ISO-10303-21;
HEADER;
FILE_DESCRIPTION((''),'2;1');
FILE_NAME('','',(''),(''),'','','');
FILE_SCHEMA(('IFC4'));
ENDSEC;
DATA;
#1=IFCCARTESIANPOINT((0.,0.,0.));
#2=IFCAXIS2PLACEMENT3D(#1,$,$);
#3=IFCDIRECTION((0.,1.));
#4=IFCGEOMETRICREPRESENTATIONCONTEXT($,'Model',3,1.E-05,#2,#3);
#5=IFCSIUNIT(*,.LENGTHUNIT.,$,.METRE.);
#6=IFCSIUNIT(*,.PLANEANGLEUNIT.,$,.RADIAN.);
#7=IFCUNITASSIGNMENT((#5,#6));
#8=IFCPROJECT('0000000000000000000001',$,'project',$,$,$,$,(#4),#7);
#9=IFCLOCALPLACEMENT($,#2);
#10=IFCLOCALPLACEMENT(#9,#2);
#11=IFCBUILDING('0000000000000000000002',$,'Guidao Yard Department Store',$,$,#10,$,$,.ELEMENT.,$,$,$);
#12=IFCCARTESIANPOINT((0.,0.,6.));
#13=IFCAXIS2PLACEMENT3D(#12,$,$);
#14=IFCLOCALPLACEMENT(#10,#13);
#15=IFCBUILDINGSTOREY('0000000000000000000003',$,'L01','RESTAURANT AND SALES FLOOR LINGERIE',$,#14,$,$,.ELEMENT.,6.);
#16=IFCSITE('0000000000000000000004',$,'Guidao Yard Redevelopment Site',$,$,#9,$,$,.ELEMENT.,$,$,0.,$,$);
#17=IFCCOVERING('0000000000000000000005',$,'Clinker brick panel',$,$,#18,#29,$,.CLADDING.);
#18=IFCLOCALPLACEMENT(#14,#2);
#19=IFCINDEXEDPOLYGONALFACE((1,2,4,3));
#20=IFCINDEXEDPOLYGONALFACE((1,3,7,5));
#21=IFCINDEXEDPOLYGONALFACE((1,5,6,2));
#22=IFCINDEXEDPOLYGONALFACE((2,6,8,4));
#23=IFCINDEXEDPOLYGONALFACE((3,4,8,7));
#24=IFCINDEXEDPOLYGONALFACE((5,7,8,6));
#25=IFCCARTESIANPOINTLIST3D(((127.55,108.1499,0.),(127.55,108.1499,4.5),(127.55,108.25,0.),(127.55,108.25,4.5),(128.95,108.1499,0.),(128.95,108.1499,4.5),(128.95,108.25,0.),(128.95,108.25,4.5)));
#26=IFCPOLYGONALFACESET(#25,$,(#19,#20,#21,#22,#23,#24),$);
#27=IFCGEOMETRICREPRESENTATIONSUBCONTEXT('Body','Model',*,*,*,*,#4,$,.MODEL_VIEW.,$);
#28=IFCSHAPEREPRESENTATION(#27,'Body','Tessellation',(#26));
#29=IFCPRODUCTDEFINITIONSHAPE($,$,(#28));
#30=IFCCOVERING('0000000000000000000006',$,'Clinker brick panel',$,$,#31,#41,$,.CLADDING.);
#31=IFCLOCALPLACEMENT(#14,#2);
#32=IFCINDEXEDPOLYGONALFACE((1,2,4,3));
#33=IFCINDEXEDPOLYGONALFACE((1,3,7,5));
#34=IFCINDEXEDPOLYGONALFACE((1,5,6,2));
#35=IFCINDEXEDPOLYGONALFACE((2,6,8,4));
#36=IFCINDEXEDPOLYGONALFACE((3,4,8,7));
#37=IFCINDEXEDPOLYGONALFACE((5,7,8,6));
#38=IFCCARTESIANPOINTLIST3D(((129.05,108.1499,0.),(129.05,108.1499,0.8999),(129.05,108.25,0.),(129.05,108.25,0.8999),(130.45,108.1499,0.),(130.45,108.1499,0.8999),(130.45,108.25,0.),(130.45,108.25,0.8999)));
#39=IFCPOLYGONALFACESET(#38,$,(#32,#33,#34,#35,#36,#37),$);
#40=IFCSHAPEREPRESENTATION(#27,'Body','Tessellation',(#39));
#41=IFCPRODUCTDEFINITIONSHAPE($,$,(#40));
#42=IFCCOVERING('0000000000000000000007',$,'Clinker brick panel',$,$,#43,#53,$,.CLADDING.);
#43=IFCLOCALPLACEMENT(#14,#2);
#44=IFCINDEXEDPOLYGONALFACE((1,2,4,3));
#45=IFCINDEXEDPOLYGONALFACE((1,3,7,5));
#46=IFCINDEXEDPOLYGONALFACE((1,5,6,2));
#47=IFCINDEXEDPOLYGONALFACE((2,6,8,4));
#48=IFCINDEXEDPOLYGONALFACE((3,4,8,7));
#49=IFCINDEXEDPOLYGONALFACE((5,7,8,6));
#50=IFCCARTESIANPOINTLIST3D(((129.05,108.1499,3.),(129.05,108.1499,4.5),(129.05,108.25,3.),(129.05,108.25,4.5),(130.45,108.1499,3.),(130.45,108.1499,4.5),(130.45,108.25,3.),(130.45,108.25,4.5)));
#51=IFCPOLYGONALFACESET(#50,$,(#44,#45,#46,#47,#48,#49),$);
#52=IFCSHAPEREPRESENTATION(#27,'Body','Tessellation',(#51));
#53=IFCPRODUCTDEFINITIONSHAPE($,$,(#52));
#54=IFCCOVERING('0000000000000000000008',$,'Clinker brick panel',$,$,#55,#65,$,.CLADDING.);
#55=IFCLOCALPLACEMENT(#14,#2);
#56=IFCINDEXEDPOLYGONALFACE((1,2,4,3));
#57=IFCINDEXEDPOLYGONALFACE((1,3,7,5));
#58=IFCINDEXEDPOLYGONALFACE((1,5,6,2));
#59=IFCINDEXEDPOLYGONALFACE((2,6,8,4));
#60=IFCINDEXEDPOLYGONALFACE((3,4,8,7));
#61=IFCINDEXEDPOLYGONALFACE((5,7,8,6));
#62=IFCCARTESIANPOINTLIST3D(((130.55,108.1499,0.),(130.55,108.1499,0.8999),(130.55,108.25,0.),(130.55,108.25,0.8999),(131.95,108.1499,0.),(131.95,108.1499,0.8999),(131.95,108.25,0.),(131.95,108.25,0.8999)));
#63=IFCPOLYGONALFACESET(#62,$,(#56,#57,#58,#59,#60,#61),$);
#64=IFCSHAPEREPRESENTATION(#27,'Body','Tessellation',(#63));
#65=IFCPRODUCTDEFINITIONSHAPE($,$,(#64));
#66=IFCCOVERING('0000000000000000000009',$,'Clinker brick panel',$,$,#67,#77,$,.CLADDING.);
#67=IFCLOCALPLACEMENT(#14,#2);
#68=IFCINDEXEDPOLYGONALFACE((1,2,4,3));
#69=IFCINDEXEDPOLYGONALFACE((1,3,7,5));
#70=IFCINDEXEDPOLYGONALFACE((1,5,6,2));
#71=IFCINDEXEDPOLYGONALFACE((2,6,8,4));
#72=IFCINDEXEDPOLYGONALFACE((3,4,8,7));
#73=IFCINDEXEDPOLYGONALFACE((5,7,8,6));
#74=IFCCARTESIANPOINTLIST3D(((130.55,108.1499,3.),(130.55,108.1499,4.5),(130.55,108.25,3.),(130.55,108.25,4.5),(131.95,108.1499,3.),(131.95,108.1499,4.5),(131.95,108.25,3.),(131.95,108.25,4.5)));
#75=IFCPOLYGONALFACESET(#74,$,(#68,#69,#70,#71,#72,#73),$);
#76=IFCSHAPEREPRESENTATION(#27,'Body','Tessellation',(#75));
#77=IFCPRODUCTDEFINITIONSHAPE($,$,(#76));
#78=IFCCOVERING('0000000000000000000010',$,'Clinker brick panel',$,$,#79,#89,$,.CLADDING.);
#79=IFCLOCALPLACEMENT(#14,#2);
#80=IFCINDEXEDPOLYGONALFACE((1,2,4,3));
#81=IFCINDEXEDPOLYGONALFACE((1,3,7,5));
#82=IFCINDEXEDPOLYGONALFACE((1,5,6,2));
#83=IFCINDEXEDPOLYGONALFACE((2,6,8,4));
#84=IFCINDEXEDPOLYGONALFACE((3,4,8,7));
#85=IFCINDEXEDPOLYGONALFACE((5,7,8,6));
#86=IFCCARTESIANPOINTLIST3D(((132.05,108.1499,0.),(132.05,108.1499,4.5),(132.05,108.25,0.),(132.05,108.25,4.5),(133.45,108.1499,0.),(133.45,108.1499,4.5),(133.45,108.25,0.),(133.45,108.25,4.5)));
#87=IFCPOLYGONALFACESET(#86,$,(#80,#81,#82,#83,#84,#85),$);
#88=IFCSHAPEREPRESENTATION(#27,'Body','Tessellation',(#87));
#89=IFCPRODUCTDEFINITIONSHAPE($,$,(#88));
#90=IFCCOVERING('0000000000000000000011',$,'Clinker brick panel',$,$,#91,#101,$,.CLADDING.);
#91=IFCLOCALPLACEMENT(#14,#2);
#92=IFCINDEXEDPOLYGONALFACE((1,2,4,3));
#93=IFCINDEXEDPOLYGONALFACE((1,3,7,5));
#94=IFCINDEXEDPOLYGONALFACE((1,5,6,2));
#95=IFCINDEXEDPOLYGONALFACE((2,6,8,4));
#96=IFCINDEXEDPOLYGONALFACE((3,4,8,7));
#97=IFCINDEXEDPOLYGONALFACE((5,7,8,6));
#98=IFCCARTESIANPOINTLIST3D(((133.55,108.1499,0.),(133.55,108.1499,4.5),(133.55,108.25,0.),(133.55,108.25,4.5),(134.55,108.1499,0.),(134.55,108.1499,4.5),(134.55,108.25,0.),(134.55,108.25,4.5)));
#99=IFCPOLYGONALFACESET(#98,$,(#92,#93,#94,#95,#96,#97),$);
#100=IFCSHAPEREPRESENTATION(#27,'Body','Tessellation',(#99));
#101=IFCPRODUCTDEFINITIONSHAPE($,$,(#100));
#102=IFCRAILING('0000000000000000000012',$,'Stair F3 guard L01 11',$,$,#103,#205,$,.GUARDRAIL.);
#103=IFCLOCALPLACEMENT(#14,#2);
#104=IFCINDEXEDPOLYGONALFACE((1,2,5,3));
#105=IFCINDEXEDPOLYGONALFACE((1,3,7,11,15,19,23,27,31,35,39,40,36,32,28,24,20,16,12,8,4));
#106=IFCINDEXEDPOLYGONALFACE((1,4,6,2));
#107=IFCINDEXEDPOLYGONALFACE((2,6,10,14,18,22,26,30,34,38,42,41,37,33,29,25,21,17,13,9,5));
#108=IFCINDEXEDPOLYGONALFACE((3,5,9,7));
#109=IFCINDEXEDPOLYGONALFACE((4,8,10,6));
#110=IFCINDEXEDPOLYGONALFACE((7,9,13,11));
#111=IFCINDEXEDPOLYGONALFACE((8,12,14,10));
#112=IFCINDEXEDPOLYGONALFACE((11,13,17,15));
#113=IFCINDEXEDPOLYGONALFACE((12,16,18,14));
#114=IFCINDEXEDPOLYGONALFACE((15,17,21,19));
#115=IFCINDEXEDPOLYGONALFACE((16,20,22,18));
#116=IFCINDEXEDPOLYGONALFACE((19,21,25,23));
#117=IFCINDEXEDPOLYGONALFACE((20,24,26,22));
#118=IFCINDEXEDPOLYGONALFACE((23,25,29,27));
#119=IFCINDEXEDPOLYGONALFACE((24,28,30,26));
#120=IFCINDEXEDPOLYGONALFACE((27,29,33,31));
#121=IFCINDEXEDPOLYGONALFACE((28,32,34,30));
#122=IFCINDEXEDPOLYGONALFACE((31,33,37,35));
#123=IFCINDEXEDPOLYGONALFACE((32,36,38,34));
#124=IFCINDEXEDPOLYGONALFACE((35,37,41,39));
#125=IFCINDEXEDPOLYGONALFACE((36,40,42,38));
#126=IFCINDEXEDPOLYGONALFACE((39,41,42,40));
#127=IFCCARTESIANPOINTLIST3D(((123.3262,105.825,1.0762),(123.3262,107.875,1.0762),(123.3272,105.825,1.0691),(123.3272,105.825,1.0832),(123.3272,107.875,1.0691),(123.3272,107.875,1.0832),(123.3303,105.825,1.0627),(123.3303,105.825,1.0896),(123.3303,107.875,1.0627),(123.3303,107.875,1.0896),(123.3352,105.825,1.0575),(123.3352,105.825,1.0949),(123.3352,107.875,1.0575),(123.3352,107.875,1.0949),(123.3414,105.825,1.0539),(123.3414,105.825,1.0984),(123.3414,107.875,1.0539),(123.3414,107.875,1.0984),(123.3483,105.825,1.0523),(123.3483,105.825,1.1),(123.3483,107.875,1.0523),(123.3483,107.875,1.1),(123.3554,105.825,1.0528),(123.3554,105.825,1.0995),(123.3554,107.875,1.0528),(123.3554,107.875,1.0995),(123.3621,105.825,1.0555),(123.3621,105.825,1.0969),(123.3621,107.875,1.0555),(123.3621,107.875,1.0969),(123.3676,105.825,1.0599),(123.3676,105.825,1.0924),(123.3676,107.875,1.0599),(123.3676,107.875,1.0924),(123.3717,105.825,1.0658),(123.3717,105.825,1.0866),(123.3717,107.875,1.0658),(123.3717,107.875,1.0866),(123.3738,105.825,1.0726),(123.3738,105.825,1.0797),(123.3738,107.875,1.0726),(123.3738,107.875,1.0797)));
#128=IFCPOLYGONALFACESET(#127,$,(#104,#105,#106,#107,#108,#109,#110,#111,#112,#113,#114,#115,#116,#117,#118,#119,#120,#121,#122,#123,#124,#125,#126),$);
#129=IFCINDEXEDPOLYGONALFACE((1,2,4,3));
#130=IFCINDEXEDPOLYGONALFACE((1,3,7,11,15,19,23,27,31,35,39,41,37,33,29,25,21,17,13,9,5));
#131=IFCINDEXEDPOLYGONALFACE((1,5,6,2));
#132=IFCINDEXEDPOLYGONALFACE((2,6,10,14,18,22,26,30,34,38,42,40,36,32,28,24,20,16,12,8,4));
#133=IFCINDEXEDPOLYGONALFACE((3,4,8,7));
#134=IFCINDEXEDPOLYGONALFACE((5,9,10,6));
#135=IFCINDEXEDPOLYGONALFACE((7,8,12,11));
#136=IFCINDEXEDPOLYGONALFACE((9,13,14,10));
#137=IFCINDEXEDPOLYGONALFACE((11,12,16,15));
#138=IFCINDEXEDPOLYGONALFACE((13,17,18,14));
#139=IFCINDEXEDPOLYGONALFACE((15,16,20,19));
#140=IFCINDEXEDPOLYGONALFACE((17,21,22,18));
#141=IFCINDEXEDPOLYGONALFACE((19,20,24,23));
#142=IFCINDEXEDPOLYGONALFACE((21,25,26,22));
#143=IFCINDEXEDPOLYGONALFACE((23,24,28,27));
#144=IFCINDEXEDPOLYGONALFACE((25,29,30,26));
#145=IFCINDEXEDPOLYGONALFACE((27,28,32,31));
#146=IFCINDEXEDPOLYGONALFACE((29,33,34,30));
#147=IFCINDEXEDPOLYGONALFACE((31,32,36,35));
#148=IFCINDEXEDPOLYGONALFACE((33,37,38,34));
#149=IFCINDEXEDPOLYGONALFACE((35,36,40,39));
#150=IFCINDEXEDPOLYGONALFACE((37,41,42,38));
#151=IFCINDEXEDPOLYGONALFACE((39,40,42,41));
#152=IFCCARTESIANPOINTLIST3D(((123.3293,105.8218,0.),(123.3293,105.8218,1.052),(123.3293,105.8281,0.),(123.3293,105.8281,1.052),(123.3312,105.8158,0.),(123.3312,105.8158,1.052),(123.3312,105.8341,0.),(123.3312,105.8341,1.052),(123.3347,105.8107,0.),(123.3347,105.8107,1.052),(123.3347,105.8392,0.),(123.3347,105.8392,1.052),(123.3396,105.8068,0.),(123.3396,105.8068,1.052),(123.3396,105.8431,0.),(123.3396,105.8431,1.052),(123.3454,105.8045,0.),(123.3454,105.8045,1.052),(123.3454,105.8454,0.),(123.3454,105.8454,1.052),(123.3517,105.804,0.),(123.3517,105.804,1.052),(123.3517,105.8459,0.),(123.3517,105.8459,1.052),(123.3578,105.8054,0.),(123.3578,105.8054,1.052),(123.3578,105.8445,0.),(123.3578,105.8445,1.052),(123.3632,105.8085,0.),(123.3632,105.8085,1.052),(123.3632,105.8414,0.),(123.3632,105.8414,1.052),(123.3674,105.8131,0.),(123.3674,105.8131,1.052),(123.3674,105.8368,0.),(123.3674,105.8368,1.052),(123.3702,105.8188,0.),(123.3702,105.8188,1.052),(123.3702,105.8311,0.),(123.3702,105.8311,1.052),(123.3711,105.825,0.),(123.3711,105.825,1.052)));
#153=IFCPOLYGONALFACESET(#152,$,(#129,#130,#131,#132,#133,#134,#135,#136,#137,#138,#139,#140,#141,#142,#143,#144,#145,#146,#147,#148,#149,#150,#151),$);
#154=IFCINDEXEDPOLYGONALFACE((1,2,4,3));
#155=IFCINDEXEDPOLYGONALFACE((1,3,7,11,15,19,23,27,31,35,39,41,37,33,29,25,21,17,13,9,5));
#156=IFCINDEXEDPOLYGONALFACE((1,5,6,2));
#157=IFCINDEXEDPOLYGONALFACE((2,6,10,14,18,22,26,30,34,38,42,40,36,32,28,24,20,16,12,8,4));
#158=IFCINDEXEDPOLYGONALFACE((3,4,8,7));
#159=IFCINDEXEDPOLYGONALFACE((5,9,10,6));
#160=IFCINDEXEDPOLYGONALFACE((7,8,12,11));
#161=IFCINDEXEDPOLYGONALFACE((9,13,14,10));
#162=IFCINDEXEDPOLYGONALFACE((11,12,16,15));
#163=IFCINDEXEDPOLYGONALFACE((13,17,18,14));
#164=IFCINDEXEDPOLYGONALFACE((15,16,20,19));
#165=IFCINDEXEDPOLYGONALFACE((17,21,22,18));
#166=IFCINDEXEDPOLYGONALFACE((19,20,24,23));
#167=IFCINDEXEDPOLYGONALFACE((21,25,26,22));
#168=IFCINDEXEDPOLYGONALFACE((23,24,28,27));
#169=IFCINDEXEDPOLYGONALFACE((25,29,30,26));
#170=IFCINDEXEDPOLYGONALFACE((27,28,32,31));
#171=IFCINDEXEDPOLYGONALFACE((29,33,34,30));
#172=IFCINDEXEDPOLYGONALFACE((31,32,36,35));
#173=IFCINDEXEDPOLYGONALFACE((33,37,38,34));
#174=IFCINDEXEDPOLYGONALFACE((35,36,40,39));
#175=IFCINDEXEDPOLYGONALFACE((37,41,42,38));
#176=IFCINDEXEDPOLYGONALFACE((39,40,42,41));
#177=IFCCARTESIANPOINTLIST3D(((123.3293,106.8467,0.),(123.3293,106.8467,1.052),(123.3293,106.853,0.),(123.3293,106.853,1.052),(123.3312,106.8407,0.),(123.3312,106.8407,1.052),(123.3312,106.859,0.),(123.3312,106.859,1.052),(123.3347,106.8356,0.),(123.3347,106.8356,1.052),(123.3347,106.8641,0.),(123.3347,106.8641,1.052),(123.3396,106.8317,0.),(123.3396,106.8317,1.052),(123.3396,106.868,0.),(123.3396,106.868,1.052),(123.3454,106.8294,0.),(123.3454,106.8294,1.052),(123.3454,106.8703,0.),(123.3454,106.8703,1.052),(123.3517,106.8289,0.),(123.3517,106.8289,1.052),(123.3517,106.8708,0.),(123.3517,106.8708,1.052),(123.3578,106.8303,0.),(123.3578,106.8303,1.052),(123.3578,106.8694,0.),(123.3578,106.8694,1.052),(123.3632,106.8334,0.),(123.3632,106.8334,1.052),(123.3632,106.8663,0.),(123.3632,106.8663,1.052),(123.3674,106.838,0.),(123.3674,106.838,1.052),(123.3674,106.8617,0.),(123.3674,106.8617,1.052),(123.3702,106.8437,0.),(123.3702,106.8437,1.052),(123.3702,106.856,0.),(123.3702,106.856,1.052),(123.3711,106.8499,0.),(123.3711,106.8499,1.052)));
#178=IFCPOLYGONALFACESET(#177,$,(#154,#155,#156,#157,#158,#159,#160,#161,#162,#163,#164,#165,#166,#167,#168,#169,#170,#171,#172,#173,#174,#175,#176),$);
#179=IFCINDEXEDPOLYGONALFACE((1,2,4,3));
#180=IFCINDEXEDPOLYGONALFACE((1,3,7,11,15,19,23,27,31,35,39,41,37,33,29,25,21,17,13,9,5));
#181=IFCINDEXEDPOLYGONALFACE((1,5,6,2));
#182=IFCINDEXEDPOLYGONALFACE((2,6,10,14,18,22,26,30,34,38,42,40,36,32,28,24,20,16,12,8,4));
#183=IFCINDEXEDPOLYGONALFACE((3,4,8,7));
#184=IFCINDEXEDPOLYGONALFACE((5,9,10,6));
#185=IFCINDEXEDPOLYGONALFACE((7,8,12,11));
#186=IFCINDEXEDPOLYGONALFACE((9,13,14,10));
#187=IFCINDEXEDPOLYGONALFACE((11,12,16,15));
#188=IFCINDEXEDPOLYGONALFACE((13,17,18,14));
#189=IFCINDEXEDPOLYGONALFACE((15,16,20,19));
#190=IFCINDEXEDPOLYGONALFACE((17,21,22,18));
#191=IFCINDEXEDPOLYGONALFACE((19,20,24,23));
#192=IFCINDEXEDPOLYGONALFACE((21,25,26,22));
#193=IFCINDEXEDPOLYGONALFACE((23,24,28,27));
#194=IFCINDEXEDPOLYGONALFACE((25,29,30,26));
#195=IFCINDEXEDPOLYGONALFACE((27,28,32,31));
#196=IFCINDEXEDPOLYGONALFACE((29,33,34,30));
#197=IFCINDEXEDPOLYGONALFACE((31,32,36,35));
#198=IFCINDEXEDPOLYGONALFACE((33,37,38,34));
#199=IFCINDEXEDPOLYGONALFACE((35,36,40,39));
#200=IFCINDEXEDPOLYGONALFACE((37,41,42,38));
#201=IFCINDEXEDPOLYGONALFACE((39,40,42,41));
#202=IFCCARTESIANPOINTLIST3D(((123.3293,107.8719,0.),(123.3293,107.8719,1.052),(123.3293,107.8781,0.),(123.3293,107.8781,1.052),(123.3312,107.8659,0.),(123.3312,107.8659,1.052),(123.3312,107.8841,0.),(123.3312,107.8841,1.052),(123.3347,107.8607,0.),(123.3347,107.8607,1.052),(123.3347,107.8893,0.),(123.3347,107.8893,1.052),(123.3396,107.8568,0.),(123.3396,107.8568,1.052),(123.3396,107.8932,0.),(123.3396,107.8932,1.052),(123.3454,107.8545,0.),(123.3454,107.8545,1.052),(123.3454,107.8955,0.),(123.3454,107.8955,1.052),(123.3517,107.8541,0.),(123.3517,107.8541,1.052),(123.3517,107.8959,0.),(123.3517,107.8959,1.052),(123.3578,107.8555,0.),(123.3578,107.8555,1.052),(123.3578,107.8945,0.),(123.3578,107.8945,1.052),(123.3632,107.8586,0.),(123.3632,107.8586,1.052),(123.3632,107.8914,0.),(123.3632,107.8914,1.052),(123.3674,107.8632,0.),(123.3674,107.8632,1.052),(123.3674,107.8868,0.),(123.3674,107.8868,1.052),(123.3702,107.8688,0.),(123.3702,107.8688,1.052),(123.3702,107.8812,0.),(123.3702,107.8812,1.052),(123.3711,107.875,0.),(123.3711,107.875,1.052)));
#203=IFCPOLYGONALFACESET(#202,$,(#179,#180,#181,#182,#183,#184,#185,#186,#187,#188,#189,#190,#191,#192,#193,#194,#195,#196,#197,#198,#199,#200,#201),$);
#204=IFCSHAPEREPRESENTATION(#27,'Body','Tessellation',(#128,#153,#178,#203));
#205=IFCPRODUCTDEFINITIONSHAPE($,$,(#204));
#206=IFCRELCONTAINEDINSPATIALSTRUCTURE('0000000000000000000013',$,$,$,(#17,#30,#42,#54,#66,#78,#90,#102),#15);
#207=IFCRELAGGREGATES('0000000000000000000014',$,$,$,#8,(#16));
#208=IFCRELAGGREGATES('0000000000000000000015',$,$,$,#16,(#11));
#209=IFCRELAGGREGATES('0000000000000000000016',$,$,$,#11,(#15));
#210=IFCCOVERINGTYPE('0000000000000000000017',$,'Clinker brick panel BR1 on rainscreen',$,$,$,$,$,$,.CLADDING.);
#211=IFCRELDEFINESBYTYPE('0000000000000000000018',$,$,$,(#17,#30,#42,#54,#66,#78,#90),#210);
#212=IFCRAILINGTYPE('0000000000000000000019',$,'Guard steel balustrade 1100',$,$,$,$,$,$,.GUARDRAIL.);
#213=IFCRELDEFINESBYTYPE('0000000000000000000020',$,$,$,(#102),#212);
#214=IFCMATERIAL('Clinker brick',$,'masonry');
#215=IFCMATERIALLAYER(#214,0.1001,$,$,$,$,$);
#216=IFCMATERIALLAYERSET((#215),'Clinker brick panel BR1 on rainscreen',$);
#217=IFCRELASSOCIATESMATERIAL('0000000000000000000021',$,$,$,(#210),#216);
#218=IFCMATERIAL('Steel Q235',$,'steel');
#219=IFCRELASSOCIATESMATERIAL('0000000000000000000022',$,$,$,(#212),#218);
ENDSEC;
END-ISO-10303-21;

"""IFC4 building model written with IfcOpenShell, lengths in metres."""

from ifc_helpers import new_model, si_unit, direction, frame, origin, origin_2d, place, context, subcontext, project, spatial, rectangle, circle, extrude, material, layer, layer_set, type_object, element, save


model = new_model("IFC4")

# Units and contexts
model_context = context("Model", 3, precision=1e-05, world=origin(), true_north=direction((0.0, 1.0)))
body_context = subcontext(model_context, "Body", "Model", "MODEL_VIEW")
ifc_project = project(units=[si_unit("LENGTHUNIT", "METRE"), si_unit("PLANEANGLEUNIT", "RADIAN")], contexts=[model_context])

# Site, building, storey
site_placement = place(None, origin())
site = spatial("IfcSite", under=ifc_project, at=site_placement, Name="Guidao Yard Redevelopment Site", CompositionType="ELEMENT", RefElevation=0.0)
building_placement = place(site_placement, origin())
building = spatial("IfcBuilding", under=site, at=building_placement, Name="Guidao Yard Department Store", CompositionType="ELEMENT")
storey_placement = place(building_placement, frame((0.0, 0.0, 6.0)))
storey = spatial("IfcBuildingStorey", under=building, at=storey_placement, Name="L01", Description="RESTAURANT AND SALES FLOOR LINGERIE", CompositionType="ELEMENT", Elevation=6.0)

# Coverings
ifc_material_1 = material(Name="Clinker brick", Category="masonry")
ifc_layer_1 = layer(ifc_material_1, 0.1001)
ifc_layer_set_1 = layer_set([ifc_layer_1], Name="Clinker brick panel BR1 on rainscreen")
covering_type = type_object("IfcCoveringType", Name="Clinker brick panel BR1 on rainscreen", PredefinedType="CLADDING", material=ifc_layer_set_1)
covering_1_placement = place(storey_placement, frame((128.25, 108.2, 0.0), z_axis=(0.0, 0.0, 1.0), x_axis=(1.0, 0.0, 0.0)))
element("IfcCovering", 1, at=covering_1_placement, inside=storey, type_object=covering_type, Name="Clinker brick panel", PredefinedType="CLADDING", context=body_context, shape_type="SweptSolid", body=[
    extrude(rectangle(XDim=1.3999, YDim=0.1001, at=origin_2d()), origin(), (0.0, 0.0, 1.0), 4.5),
])
covering_2_placement = place(storey_placement, frame((129.75, 108.2, 0.0), z_axis=(0.0, 0.0, 1.0), x_axis=(1.0, 0.0, 0.0)))
element("IfcCovering", 2, at=covering_2_placement, inside=storey, type_object=covering_type, Name="Clinker brick panel", PredefinedType="CLADDING", context=body_context, shape_type="SweptSolid", body=[
    extrude(rectangle(XDim=1.3999, YDim=0.1001, at=origin_2d()), origin(), (0.0, 0.0, 1.0), 0.8999),
])
covering_3_placement = place(storey_placement, frame((129.75, 108.2, 3.0), z_axis=(0.0, 0.0, 1.0), x_axis=(1.0, 0.0, 0.0)))
element("IfcCovering", 3, at=covering_3_placement, inside=storey, type_object=covering_type, Name="Clinker brick panel", PredefinedType="CLADDING", context=body_context, shape_type="SweptSolid", body=[
    extrude(rectangle(XDim=1.3999, YDim=0.1001, at=origin_2d()), origin(), (0.0, 0.0, 1.0), 1.5),
])
covering_4_placement = place(storey_placement, frame((131.25, 108.2, 0.0), z_axis=(0.0, 0.0, 1.0), x_axis=(1.0, 0.0, 0.0)))
element("IfcCovering", 4, at=covering_4_placement, inside=storey, type_object=covering_type, Name="Clinker brick panel", PredefinedType="CLADDING", context=body_context, shape_type="SweptSolid", body=[
    extrude(rectangle(XDim=1.3999, YDim=0.1001, at=origin_2d()), origin(), (0.0, 0.0, 1.0), 0.8999),
])
covering_5_placement = place(storey_placement, frame((131.25, 108.2, 3.0), z_axis=(0.0, 0.0, 1.0), x_axis=(1.0, 0.0, 0.0)))
element("IfcCovering", 5, at=covering_5_placement, inside=storey, type_object=covering_type, Name="Clinker brick panel", PredefinedType="CLADDING", context=body_context, shape_type="SweptSolid", body=[
    extrude(rectangle(XDim=1.3999, YDim=0.1001, at=origin_2d()), origin(), (0.0, 0.0, 1.0), 1.5),
])
covering_6_placement = place(storey_placement, frame((132.75, 108.2, 0.0), z_axis=(0.0, 0.0, 1.0), x_axis=(1.0, 0.0, 0.0)))
element("IfcCovering", 6, at=covering_6_placement, inside=storey, type_object=covering_type, Name="Clinker brick panel", PredefinedType="CLADDING", context=body_context, shape_type="SweptSolid", body=[
    extrude(rectangle(XDim=1.3999, YDim=0.1001, at=origin_2d()), origin(), (0.0, 0.0, 1.0), 4.5),
])
covering_7_placement = place(storey_placement, frame((134.05, 108.2, 0.0), z_axis=(0.0, 0.0, 1.0), x_axis=(1.0, 0.0, 0.0)))
element("IfcCovering", 7, at=covering_7_placement, inside=storey, type_object=covering_type, Name="Clinker brick panel", PredefinedType="CLADDING", context=body_context, shape_type="SweptSolid", body=[
    extrude(rectangle(XDim=1.0, YDim=0.1001, at=origin_2d()), origin(), (0.0, 0.0, 1.0), 4.5),
])

# Railing
ifc_material_2 = material(Name="Steel Q235", Category="steel")
railing_type = type_object("IfcRailingType", Name="Guard steel balustrade 1100", PredefinedType="GUARDRAIL", material=ifc_material_2)
railing_placement = place(storey_placement, frame((123.3501, 105.825, 0.0)))
element("IfcRailing", 8, at=railing_placement, inside=storey, type_object=railing_type, Name="Stair F3 guard L01 11", PredefinedType="GUARDRAIL", context=body_context, shape_type="SweptSolid", body=[
    extrude(circle(Radius=0.0239, at=origin_2d()), frame((0.0, 0.0, 1.0762), z_axis=(0.0, 1.0, 0.0), x_axis=(-1.0, 0.0, 0.0)), (0.0, 0.0, 1.0), 2.05),
    extrude(circle(Radius=0.021, at=origin_2d()), origin(), (0.0, 0.0, 1.0), 1.052),
    extrude(circle(Radius=0.021, at=origin_2d()), frame((0.0, 1.0249, 0.0)), (0.0, 0.0, 1.0), 1.052),
    extrude(circle(Radius=0.021, at=origin_2d()), frame((0.0, 2.05, 0.0)), (0.0, 0.0, 1.0), 1.052),
])

save(model, "model.ifc")
